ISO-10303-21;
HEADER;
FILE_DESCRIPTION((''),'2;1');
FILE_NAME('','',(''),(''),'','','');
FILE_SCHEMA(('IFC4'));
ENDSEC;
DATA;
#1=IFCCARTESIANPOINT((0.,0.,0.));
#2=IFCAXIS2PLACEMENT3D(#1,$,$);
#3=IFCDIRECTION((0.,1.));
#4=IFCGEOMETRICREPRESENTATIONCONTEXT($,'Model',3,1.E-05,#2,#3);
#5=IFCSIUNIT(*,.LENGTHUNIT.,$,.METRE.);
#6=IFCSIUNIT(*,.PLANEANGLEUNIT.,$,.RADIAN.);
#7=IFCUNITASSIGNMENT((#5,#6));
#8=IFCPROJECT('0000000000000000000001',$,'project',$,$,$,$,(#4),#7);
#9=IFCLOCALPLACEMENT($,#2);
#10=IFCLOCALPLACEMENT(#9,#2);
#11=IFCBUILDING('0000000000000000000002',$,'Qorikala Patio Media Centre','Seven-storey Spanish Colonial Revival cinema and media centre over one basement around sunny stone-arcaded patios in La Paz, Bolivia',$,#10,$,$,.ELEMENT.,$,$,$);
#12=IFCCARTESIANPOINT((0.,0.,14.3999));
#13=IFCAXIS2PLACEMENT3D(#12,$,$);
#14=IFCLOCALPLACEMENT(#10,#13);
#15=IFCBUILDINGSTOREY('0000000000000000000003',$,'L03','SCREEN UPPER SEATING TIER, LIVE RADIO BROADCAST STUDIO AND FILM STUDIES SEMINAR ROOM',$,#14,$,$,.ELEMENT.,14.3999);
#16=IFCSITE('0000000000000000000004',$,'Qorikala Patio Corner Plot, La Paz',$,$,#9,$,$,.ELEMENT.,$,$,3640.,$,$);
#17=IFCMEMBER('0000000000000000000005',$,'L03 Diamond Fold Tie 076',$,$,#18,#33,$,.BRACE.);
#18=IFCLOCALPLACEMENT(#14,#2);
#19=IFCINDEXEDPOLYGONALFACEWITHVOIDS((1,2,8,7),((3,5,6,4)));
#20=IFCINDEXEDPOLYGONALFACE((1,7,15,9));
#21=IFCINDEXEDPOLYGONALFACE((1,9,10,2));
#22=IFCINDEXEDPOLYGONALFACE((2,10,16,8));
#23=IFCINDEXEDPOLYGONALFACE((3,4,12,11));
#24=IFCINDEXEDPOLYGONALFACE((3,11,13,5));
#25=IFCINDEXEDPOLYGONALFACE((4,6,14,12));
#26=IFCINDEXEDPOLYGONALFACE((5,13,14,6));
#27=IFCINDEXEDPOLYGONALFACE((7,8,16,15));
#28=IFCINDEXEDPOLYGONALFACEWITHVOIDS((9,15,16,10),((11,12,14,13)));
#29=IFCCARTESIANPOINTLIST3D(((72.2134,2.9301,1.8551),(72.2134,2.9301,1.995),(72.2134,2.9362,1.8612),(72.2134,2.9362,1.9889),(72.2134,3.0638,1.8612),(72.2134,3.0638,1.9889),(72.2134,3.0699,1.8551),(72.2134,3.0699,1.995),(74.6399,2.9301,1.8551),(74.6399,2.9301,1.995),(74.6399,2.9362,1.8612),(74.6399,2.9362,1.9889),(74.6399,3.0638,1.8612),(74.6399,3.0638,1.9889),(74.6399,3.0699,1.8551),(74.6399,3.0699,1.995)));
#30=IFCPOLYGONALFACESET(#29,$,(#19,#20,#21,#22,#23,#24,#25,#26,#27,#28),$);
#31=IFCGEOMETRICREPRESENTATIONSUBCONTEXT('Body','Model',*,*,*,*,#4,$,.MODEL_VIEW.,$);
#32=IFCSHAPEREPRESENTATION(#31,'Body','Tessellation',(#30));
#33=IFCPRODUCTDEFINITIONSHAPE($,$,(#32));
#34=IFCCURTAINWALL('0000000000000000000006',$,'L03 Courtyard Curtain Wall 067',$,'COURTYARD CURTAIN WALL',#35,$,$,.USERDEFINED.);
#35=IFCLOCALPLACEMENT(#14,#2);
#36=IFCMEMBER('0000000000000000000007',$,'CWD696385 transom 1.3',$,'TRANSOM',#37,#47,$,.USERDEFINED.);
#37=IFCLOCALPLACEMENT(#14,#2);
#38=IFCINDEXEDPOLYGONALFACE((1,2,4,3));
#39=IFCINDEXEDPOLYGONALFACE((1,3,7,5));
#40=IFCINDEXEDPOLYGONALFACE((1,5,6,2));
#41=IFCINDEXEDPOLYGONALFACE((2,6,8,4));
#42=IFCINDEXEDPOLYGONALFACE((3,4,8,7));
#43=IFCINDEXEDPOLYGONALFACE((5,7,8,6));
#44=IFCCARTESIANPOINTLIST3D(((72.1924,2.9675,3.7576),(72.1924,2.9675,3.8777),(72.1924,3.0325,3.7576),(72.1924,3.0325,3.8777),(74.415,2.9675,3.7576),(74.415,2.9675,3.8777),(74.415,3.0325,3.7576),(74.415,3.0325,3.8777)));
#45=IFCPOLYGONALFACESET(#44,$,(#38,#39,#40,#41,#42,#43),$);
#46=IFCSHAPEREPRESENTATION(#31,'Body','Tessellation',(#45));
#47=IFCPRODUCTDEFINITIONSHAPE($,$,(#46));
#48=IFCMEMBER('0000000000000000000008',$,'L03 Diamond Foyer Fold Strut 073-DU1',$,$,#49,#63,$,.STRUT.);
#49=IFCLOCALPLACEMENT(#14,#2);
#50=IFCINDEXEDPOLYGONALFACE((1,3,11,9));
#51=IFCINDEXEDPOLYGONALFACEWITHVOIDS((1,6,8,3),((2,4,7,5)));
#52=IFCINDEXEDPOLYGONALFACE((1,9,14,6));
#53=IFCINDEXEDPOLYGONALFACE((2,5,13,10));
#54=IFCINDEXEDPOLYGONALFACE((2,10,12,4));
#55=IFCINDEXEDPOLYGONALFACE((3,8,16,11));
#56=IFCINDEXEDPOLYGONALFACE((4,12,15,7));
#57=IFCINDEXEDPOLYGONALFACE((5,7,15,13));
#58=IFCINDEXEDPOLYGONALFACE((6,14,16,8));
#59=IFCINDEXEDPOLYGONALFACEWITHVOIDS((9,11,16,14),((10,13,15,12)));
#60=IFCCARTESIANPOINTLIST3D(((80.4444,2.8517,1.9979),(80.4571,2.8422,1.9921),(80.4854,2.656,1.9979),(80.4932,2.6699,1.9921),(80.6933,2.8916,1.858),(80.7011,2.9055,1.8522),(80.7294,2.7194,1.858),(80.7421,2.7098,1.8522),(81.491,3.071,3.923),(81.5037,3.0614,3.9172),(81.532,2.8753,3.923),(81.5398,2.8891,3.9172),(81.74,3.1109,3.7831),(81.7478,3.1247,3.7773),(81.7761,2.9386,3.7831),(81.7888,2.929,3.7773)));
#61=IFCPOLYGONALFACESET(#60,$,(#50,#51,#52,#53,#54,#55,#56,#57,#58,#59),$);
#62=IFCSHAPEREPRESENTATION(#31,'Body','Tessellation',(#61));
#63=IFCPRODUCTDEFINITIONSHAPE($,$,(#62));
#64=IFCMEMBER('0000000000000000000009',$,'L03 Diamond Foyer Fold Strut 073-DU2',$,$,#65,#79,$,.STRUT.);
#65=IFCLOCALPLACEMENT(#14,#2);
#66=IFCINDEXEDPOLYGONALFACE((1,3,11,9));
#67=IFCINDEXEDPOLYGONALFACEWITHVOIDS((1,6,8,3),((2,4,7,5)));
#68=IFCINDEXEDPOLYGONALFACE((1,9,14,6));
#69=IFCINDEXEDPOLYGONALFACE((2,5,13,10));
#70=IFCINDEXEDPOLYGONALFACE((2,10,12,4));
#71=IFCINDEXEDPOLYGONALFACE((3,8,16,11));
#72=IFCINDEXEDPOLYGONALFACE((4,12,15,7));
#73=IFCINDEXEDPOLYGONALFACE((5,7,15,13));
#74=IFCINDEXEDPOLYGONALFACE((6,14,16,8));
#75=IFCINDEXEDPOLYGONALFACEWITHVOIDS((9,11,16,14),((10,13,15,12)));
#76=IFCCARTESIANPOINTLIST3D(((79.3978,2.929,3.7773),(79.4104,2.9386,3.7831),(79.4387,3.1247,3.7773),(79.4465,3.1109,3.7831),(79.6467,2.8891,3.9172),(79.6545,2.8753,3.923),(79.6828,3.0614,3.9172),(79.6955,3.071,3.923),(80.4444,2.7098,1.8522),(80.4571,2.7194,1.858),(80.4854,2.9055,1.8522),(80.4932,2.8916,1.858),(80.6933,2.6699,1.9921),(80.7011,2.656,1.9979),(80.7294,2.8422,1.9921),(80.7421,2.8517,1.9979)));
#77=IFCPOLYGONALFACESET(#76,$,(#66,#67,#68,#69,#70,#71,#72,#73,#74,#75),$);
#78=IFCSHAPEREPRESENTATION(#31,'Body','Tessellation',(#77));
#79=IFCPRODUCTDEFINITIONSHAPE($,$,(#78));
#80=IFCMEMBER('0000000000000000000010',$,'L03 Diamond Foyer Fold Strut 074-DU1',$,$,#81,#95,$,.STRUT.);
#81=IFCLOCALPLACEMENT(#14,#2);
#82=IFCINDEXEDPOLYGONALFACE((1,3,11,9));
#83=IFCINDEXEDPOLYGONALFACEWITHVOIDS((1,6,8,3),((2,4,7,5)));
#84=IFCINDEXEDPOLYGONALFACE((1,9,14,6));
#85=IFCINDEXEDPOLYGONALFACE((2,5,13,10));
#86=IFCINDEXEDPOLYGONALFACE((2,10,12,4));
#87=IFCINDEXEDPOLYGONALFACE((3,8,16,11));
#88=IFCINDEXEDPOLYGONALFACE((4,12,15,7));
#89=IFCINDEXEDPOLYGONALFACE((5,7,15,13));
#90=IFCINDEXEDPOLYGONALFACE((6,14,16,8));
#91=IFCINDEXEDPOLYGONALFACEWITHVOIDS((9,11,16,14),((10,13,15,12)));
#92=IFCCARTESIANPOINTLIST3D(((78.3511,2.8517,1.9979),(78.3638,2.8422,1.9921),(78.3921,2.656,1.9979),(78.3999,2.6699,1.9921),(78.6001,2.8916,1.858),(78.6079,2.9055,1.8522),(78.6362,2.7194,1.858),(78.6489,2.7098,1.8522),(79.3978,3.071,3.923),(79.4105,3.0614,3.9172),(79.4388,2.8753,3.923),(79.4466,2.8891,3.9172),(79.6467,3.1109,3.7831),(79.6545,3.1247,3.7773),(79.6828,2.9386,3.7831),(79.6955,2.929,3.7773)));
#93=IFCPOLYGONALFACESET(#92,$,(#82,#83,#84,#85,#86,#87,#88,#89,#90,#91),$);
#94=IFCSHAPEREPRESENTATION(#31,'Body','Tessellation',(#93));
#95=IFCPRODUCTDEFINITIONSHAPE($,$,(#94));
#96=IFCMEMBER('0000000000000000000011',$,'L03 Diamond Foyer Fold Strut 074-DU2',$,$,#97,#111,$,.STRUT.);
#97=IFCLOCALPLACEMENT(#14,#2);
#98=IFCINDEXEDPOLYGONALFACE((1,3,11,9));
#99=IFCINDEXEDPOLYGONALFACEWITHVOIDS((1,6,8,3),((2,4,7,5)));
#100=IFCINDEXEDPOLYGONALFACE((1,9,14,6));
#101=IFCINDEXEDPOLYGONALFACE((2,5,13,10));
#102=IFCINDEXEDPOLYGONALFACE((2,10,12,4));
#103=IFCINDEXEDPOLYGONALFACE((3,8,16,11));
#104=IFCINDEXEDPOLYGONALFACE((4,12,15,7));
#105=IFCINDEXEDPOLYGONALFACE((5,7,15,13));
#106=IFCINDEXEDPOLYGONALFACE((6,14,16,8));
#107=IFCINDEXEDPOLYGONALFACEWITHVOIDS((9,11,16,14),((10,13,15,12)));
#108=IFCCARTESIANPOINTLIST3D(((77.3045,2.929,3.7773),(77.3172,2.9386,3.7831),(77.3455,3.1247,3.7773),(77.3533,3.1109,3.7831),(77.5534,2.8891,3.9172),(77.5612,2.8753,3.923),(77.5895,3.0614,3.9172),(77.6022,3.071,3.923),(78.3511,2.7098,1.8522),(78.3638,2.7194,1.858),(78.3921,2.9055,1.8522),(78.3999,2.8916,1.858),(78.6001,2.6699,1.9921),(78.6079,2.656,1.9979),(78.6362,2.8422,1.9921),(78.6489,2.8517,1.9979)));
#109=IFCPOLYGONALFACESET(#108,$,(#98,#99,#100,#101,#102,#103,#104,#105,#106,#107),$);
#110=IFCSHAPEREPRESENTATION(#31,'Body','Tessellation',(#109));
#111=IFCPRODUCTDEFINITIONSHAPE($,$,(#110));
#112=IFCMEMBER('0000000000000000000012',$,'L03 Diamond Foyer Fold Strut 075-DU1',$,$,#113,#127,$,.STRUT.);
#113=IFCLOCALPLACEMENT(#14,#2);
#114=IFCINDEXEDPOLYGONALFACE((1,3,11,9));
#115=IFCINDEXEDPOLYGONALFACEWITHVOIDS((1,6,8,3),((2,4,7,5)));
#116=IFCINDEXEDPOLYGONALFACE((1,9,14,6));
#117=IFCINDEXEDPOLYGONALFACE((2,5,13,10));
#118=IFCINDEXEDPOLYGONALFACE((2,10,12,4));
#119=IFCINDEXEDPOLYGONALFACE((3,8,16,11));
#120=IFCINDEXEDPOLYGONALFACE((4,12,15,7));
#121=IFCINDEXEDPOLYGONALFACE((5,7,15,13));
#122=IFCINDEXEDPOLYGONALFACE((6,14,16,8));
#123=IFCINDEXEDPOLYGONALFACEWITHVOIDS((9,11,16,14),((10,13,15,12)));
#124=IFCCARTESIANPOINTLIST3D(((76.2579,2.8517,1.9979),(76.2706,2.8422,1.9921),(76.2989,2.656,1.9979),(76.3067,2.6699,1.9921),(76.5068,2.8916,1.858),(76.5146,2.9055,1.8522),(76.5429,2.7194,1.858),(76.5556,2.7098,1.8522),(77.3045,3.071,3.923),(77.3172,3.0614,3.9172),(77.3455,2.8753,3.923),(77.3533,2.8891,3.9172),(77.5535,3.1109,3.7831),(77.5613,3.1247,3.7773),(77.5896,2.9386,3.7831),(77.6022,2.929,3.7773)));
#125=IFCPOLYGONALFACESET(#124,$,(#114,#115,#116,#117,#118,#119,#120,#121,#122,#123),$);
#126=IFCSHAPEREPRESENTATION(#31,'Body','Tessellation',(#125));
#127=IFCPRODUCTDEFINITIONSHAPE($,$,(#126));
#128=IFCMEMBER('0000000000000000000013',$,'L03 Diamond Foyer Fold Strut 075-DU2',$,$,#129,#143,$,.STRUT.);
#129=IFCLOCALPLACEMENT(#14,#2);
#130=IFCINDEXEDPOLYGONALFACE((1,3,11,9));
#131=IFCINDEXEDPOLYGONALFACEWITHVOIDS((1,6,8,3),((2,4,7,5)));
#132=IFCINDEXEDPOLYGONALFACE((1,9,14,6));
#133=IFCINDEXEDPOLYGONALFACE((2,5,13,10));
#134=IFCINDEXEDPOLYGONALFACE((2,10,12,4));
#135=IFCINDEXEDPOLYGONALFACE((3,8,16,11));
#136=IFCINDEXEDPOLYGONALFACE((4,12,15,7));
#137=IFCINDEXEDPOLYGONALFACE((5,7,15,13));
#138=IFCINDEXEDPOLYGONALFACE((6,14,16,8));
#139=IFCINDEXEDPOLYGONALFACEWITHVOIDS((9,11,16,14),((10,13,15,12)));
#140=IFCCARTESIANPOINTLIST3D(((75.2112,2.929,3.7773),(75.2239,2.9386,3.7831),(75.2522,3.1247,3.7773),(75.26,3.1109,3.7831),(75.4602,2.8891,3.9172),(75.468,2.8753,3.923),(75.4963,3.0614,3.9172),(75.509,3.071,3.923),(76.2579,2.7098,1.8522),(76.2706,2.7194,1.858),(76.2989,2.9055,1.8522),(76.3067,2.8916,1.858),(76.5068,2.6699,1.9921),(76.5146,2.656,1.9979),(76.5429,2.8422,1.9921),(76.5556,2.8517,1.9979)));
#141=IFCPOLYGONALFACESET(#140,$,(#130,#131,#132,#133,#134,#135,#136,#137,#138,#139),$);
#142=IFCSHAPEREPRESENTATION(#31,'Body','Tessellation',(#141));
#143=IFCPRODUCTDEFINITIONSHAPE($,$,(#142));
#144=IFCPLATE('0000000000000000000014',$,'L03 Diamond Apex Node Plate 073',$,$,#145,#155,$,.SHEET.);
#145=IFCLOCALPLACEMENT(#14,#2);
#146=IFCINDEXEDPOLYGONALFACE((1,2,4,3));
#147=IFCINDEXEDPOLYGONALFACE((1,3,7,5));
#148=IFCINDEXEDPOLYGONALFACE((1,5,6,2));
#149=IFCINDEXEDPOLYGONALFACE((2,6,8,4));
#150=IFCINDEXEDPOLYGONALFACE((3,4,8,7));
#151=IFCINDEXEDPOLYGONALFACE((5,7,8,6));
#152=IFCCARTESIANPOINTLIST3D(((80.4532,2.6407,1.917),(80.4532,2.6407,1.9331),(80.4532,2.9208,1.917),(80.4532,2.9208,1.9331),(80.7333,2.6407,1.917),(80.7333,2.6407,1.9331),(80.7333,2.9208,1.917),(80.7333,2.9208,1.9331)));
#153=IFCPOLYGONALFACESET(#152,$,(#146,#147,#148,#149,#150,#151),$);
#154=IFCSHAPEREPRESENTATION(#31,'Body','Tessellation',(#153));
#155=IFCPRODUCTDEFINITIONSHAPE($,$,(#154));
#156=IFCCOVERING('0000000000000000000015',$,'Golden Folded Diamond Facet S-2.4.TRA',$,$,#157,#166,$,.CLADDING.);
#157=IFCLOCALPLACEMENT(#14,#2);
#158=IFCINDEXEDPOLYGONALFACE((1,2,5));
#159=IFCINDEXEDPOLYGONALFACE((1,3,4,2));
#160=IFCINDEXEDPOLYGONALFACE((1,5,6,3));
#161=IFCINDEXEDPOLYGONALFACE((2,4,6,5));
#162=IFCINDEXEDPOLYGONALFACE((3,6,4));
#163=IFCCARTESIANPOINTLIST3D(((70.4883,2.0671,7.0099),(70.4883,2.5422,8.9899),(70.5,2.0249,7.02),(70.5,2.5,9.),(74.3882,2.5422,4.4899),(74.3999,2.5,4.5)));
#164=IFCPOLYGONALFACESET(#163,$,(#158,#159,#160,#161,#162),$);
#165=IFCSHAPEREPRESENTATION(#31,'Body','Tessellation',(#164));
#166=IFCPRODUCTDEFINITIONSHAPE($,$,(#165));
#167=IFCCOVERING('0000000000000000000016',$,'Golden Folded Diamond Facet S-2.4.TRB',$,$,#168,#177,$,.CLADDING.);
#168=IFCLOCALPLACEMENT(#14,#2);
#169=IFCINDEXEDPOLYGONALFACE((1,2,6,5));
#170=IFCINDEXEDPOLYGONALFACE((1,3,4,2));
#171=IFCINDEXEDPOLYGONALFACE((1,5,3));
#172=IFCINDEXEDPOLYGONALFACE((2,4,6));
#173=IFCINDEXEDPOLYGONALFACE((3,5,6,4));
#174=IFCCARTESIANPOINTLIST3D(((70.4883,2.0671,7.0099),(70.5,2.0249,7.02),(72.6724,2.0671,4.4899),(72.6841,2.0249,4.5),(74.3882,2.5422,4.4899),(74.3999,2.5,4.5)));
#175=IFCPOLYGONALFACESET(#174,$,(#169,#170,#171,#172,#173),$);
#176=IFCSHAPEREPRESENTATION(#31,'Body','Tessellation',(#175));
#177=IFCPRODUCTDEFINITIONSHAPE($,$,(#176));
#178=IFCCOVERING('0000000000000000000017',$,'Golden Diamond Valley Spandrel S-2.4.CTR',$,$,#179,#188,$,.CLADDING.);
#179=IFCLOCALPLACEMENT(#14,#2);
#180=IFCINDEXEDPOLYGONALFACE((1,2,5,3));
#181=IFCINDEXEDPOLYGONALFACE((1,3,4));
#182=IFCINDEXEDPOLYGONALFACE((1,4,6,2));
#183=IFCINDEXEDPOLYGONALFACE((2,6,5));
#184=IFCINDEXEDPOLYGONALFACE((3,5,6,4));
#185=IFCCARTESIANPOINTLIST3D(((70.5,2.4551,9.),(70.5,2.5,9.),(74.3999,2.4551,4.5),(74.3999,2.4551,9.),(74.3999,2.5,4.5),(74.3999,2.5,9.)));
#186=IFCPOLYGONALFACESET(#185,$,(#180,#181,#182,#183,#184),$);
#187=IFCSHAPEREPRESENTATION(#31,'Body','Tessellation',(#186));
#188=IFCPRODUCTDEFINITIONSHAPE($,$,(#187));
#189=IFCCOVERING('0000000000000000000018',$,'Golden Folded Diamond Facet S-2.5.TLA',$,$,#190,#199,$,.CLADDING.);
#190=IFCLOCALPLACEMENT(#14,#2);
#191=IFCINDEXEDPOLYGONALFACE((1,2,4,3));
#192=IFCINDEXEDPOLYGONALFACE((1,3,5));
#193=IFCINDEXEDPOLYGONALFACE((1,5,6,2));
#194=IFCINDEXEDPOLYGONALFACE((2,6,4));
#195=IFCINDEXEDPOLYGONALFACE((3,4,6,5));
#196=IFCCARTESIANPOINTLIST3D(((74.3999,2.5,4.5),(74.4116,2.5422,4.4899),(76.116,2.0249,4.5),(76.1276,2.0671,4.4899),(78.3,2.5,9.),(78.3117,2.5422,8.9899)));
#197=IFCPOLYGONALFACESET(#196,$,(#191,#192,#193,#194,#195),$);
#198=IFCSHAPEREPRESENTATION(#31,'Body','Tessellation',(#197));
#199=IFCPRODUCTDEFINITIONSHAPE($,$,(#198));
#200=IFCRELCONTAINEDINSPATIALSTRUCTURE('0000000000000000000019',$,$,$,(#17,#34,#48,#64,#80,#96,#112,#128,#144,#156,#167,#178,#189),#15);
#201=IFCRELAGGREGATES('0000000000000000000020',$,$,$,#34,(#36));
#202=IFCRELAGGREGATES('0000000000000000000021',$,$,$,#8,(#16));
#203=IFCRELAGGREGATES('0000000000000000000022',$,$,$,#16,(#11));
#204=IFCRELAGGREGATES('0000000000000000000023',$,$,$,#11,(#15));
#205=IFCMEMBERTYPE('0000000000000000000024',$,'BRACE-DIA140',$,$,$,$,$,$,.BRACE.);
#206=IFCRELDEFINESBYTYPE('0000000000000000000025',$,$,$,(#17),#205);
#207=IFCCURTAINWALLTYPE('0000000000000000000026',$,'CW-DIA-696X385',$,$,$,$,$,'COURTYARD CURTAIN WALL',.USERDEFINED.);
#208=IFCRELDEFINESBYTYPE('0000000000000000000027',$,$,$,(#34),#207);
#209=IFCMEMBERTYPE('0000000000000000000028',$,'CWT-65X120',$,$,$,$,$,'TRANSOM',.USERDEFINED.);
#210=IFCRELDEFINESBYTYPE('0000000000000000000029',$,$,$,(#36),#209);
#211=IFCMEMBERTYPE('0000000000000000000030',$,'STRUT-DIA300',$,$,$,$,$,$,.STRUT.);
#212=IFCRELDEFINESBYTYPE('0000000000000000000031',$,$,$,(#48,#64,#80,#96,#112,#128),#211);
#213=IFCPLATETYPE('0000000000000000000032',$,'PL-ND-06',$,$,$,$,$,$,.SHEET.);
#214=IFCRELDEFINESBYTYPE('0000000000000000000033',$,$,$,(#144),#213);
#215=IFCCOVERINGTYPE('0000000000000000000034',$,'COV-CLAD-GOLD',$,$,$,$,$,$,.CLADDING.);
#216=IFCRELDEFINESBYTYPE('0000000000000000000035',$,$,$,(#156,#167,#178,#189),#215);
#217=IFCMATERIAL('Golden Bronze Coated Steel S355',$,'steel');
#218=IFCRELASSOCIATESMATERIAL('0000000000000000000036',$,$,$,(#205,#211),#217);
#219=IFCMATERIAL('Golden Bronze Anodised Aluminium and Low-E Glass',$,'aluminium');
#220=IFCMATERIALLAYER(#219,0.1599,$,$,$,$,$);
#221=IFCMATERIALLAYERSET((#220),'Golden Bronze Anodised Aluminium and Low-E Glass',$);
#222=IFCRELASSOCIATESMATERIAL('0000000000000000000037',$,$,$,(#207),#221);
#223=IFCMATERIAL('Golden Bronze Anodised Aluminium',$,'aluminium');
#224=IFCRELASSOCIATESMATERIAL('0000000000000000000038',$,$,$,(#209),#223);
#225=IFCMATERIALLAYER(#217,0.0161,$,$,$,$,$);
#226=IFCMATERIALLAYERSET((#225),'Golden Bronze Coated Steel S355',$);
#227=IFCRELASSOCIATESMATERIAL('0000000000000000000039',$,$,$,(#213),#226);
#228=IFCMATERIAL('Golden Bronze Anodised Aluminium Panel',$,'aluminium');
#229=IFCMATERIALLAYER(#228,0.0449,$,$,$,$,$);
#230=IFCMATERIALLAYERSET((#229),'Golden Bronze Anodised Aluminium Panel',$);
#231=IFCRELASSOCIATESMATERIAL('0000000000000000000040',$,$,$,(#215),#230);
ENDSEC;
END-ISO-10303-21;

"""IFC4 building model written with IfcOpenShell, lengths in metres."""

from ifc_helpers import new_model, si_unit, direction, frame, origin, origin_2d, place, context, subcontext, project, spatial, polyline, rectangle, hollow_rectangle, outline, extrude, material, layer, layer_set, material_profile, profile_set, type_object, element, aggregate, save


model = new_model("IFC4")

# Units and contexts
model_context = context("Model", 3, precision=1e-05, world=origin(), true_north=direction((0.0, 1.0)))
body_context = subcontext(model_context, "Body", "Model", "MODEL_VIEW")
ifc_project = project(units=[si_unit("LENGTHUNIT", "METRE"), si_unit("PLANEANGLEUNIT", "RADIAN")], contexts=[model_context])

# Site, building, storey
site_placement = place(None, origin())
site = spatial("IfcSite", under=ifc_project, at=site_placement, Name="Qorikala Patio Corner Plot, La Paz", CompositionType="ELEMENT", RefElevation=3640.0)
building_placement = place(site_placement, origin())
building = spatial("IfcBuilding", under=site, at=building_placement, Name="Qorikala Patio Media Centre", Description="Seven-storey Spanish Colonial Revival cinema and media centre over one basement around sunny stone-arcaded patios in La Paz, Bolivia", CompositionType="ELEMENT")
storey_placement = place(building_placement, frame((0.0, 0.0, 14.3999)))
storey = spatial("IfcBuildingStorey", under=building, at=storey_placement, Name="L03", Description="SCREEN UPPER SEATING TIER, LIVE RADIO BROADCAST STUDIO AND FILM STUDIES SEMINAR ROOM", CompositionType="ELEMENT", Elevation=14.3999)

# Member
ifc_material_1 = material(Name="Golden Bronze Coated Steel S355", Category="steel")
ifc_material_profile_1 = material_profile(ifc_material_1, hollow_rectangle(XDim=0.1399, YDim=0.1399, WallThickness=0.0061, at=origin_2d()), Name="HSS140X140X6")
ifc_profile_set_1 = profile_set([ifc_material_profile_1], Name="Golden Bronze Coated Steel S355")
member_type_1 = type_object("IfcMemberType", Name="BRACE-DIA140", PredefinedType="BRACE", material=ifc_profile_set_1)
member_1_placement = place(storey_placement, frame((74.6399, 3.0, 1.925), z_axis=(-1.0, 0.0, 0.0), x_axis=(0.0, -1.0, 0.0)))
element("IfcMember", 1, at=member_1_placement, inside=storey, type_object=member_type_1, Name="L03 Diamond Fold Tie 076", PredefinedType="BRACE", context=body_context, shape_type="SweptSolid", body=[
    extrude(hollow_rectangle(XDim=0.1399, YDim=0.1399, WallThickness=0.0061, at=origin_2d()), origin(), (0.0, 0.0, 1.0), 2.4265),
])

# Curtain wall, member
ifc_material_2 = material(Name="Golden Bronze Anodised Aluminium and Low-E Glass", Category="aluminium")
ifc_layer_1 = layer(ifc_material_2, 0.1599)
ifc_layer_set_1 = layer_set([ifc_layer_1], Name="Golden Bronze Anodised Aluminium and Low-E Glass")
curtain_wall_type = type_object("IfcCurtainWallType", Name="CW-DIA-696X385", ElementType="COURTYARD CURTAIN WALL", PredefinedType="USERDEFINED", material=ifc_layer_set_1)
curtain_wall_placement = place(storey_placement, origin())
curtain_wall = element("IfcCurtainWall", 2, at=curtain_wall_placement, inside=storey, type_object=curtain_wall_type, Name="L03 Courtyard Curtain Wall 067", ObjectType="COURTYARD CURTAIN WALL", PredefinedType="USERDEFINED")
ifc_material_3 = material(Name="Golden Bronze Anodised Aluminium", Category="aluminium")
ifc_material_profile_2 = material_profile(ifc_material_3, rectangle(XDim=0.0649, YDim=0.1201, at=origin_2d()), Name="ALU TRANSOM 65x120")
ifc_profile_set_2 = profile_set([ifc_material_profile_2], Name="Golden Bronze Anodised Aluminium")
member_type_2 = type_object("IfcMemberType", Name="CWT-65X120", ElementType="TRANSOM", PredefinedType="USERDEFINED", material=ifc_profile_set_2)
member_2_placement = place(storey_placement, frame((74.415, 3.0, 3.8176), z_axis=(-1.0, 0.0, 0.0), x_axis=(0.0, -1.0, 0.0)))
member_2 = element("IfcMember", 3, at=member_2_placement, type_object=member_type_2, Name="CWD696385 transom 1.3", ObjectType="TRANSOM", PredefinedType="USERDEFINED", context=body_context, shape_type="SweptSolid", body=[
    extrude(rectangle(XDim=0.0649, YDim=0.1201, at=origin_2d()), origin(), (0.0, 0.0, 1.0), 2.2227),
])
aggregate(curtain_wall, [member_2])

# Members
ifc_material_profile_3 = material_profile(ifc_material_1, hollow_rectangle(XDim=0.2, YDim=0.3, WallThickness=0.012, at=origin_2d()), Name="HSS300X200X12")
ifc_profile_set_3 = profile_set([ifc_material_profile_3], Name="Golden Bronze Coated Steel S355")
member_type_3 = type_object("IfcMemberType", Name="STRUT-DIA300", PredefinedType="STRUT", material=ifc_profile_set_3)
for number, where, z_axis, x_axis, name in (
    (4, (80.5933, 2.7808, 1.925), (0.475284, 0.099558, 0.874181), (-0.205021, 0.978758, 0.0), "L03 Diamond Foyer Fold Strut 073-DU1"),
    (5, (80.5933, 2.7808, 1.925), (-0.475284, 0.099558, 0.874181), (-0.205021, -0.978758, 0.0), "L03 Diamond Foyer Fold Strut 073-DU2"),
    (6, (78.5, 2.7808, 1.925), (0.475284, 0.099558, 0.874181), (-0.205021, 0.978758, 0.0), "L03 Diamond Foyer Fold Strut 074-DU1"),
    (7, (78.5, 2.7808, 1.925), (-0.475284, 0.099558, 0.874181), (-0.205021, -0.978758, 0.0), "L03 Diamond Foyer Fold Strut 074-DU2"),
    (8, (76.4067, 2.7808, 1.925), (0.475284, 0.099558, 0.874181), (-0.205021, 0.978758, 0.0), "L03 Diamond Foyer Fold Strut 075-DU1"),
    (9, (76.4067, 2.7808, 1.925), (-0.475284, 0.099558, 0.874181), (-0.205021, -0.978758, 0.0), "L03 Diamond Foyer Fold Strut 075-DU2"),
):
    element("IfcMember", number, at=place(storey_placement, frame(where, z_axis=z_axis, x_axis=x_axis)), inside=storey, type_object=member_type_3, Name=name, PredefinedType="STRUT", context=body_context, shape_type="SweptSolid", body=[
        extrude(hollow_rectangle(XDim=0.2, YDim=0.3, WallThickness=0.012, at=origin_2d()), origin(), (0.0, 0.0, 1.0), 2.2021),
    ])

# Plate
ifc_layer_2 = layer(ifc_material_1, 0.0161)
ifc_layer_set_2 = layer_set([ifc_layer_2], Name="Golden Bronze Coated Steel S355")
plate_type = type_object("IfcPlateType", Name="PL-ND-06", PredefinedType="SHEET", material=ifc_layer_set_2)
plate_placement = place(storey_placement, frame((80.5933, 2.7808, 1.917), z_axis=(0.0, 0.0, 1.0), x_axis=(-1.0, 0.0, 0.0)))
element("IfcPlate", 10, at=plate_placement, inside=storey, type_object=plate_type, Name="L03 Diamond Apex Node Plate 073", PredefinedType="SHEET", context=body_context, shape_type="SweptSolid", body=[
    extrude(rectangle(XDim=0.28, YDim=0.28, at=origin_2d()), origin(), (0.0, 0.0, 1.0), 0.0161),
])

# Coverings
ifc_material_4 = material(Name="Golden Bronze Anodised Aluminium Panel", Category="aluminium")
ifc_layer_3 = layer(ifc_material_4, 0.0449)
ifc_layer_set_3 = layer_set([ifc_layer_3], Name="Golden Bronze Anodised Aluminium Panel")
covering_type = type_object("IfcCoveringType", Name="COV-CLAD-GOLD", PredefinedType="CLADDING", material=ifc_layer_set_3)
covering_1_placement = place(storey_placement, frame((74.3999, 2.5, 4.5), z_axis=(0.259974, -0.938963, 0.225305), x_axis=(-0.654921, 0.0, 0.755697)))
element("IfcCovering", 11, at=covering_1_placement, inside=storey, type_object=covering_type, Name="Golden Folded Diamond Facet S-2.4.TRA", PredefinedType="CLADDING", context=body_context, shape_type="SweptSolid", body=[
    extrude(outline(polyline([(0.0, 0.0), (5.9548, 0.0), (4.4585, 1.381), (0.0, 0.0)])), origin(), (0.0, 0.0, -1.0), 0.0449),
])
covering_2_placement = place(storey_placement, frame((74.3999, 2.5, 4.5), z_axis=(0.259989, -0.938953, 0.22533), x_axis=(-0.835546, -0.101789, 0.539909)))
element("IfcCovering", 12, at=covering_2_placement, inside=storey, type_object=covering_type, Name="Golden Folded Diamond Facet S-2.4.TRB", PredefinedType="CLADDING", context=body_context, shape_type="SweptSolid", body=[
    extrude(outline(polyline([(0.0, 0.0), (4.6675, 0.0), (1.482, 0.9866), (0.0, 0.0)])), origin(), (0.0, 0.0, -1.0), 0.0449),
])
covering_3_placement = place(storey_placement, frame((74.3999, 2.5, 9.0), z_axis=(0.0, 1.0, 0.0), x_axis=(0.0, 0.0, -1.0)))
element("IfcCovering", 13, at=covering_3_placement, inside=storey, type_object=covering_type, Name="Golden Diamond Valley Spandrel S-2.4.CTR", PredefinedType="CLADDING", context=body_context, shape_type="SweptSolid", body=[
    extrude(outline(polyline([(0.0, 0.0), (4.5, 0.0), (0.0, 3.8999), (0.0, 0.0)])), origin(), (0.0, 0.0, -1.0), 0.0449),
])
covering_4_placement = place(storey_placement, frame((78.3, 2.5, 9.0), z_axis=(-0.259956, -0.938968, 0.225304), x_axis=(-0.654945, 0.0, -0.755677)))
element("IfcCovering", 14, at=covering_4_placement, inside=storey, type_object=covering_type, Name="Golden Folded Diamond Facet S-2.5.TLA", PredefinedType="CLADDING", context=body_context, shape_type="SweptSolid", body=[
    extrude(outline(polyline([(0.0, 0.0), (5.9549, 0.0), (4.831, 1.3811), (0.0, 0.0)])), origin(), (0.0, 0.0, -1.0), 0.0449),
])

save(model, "model.ifc")
